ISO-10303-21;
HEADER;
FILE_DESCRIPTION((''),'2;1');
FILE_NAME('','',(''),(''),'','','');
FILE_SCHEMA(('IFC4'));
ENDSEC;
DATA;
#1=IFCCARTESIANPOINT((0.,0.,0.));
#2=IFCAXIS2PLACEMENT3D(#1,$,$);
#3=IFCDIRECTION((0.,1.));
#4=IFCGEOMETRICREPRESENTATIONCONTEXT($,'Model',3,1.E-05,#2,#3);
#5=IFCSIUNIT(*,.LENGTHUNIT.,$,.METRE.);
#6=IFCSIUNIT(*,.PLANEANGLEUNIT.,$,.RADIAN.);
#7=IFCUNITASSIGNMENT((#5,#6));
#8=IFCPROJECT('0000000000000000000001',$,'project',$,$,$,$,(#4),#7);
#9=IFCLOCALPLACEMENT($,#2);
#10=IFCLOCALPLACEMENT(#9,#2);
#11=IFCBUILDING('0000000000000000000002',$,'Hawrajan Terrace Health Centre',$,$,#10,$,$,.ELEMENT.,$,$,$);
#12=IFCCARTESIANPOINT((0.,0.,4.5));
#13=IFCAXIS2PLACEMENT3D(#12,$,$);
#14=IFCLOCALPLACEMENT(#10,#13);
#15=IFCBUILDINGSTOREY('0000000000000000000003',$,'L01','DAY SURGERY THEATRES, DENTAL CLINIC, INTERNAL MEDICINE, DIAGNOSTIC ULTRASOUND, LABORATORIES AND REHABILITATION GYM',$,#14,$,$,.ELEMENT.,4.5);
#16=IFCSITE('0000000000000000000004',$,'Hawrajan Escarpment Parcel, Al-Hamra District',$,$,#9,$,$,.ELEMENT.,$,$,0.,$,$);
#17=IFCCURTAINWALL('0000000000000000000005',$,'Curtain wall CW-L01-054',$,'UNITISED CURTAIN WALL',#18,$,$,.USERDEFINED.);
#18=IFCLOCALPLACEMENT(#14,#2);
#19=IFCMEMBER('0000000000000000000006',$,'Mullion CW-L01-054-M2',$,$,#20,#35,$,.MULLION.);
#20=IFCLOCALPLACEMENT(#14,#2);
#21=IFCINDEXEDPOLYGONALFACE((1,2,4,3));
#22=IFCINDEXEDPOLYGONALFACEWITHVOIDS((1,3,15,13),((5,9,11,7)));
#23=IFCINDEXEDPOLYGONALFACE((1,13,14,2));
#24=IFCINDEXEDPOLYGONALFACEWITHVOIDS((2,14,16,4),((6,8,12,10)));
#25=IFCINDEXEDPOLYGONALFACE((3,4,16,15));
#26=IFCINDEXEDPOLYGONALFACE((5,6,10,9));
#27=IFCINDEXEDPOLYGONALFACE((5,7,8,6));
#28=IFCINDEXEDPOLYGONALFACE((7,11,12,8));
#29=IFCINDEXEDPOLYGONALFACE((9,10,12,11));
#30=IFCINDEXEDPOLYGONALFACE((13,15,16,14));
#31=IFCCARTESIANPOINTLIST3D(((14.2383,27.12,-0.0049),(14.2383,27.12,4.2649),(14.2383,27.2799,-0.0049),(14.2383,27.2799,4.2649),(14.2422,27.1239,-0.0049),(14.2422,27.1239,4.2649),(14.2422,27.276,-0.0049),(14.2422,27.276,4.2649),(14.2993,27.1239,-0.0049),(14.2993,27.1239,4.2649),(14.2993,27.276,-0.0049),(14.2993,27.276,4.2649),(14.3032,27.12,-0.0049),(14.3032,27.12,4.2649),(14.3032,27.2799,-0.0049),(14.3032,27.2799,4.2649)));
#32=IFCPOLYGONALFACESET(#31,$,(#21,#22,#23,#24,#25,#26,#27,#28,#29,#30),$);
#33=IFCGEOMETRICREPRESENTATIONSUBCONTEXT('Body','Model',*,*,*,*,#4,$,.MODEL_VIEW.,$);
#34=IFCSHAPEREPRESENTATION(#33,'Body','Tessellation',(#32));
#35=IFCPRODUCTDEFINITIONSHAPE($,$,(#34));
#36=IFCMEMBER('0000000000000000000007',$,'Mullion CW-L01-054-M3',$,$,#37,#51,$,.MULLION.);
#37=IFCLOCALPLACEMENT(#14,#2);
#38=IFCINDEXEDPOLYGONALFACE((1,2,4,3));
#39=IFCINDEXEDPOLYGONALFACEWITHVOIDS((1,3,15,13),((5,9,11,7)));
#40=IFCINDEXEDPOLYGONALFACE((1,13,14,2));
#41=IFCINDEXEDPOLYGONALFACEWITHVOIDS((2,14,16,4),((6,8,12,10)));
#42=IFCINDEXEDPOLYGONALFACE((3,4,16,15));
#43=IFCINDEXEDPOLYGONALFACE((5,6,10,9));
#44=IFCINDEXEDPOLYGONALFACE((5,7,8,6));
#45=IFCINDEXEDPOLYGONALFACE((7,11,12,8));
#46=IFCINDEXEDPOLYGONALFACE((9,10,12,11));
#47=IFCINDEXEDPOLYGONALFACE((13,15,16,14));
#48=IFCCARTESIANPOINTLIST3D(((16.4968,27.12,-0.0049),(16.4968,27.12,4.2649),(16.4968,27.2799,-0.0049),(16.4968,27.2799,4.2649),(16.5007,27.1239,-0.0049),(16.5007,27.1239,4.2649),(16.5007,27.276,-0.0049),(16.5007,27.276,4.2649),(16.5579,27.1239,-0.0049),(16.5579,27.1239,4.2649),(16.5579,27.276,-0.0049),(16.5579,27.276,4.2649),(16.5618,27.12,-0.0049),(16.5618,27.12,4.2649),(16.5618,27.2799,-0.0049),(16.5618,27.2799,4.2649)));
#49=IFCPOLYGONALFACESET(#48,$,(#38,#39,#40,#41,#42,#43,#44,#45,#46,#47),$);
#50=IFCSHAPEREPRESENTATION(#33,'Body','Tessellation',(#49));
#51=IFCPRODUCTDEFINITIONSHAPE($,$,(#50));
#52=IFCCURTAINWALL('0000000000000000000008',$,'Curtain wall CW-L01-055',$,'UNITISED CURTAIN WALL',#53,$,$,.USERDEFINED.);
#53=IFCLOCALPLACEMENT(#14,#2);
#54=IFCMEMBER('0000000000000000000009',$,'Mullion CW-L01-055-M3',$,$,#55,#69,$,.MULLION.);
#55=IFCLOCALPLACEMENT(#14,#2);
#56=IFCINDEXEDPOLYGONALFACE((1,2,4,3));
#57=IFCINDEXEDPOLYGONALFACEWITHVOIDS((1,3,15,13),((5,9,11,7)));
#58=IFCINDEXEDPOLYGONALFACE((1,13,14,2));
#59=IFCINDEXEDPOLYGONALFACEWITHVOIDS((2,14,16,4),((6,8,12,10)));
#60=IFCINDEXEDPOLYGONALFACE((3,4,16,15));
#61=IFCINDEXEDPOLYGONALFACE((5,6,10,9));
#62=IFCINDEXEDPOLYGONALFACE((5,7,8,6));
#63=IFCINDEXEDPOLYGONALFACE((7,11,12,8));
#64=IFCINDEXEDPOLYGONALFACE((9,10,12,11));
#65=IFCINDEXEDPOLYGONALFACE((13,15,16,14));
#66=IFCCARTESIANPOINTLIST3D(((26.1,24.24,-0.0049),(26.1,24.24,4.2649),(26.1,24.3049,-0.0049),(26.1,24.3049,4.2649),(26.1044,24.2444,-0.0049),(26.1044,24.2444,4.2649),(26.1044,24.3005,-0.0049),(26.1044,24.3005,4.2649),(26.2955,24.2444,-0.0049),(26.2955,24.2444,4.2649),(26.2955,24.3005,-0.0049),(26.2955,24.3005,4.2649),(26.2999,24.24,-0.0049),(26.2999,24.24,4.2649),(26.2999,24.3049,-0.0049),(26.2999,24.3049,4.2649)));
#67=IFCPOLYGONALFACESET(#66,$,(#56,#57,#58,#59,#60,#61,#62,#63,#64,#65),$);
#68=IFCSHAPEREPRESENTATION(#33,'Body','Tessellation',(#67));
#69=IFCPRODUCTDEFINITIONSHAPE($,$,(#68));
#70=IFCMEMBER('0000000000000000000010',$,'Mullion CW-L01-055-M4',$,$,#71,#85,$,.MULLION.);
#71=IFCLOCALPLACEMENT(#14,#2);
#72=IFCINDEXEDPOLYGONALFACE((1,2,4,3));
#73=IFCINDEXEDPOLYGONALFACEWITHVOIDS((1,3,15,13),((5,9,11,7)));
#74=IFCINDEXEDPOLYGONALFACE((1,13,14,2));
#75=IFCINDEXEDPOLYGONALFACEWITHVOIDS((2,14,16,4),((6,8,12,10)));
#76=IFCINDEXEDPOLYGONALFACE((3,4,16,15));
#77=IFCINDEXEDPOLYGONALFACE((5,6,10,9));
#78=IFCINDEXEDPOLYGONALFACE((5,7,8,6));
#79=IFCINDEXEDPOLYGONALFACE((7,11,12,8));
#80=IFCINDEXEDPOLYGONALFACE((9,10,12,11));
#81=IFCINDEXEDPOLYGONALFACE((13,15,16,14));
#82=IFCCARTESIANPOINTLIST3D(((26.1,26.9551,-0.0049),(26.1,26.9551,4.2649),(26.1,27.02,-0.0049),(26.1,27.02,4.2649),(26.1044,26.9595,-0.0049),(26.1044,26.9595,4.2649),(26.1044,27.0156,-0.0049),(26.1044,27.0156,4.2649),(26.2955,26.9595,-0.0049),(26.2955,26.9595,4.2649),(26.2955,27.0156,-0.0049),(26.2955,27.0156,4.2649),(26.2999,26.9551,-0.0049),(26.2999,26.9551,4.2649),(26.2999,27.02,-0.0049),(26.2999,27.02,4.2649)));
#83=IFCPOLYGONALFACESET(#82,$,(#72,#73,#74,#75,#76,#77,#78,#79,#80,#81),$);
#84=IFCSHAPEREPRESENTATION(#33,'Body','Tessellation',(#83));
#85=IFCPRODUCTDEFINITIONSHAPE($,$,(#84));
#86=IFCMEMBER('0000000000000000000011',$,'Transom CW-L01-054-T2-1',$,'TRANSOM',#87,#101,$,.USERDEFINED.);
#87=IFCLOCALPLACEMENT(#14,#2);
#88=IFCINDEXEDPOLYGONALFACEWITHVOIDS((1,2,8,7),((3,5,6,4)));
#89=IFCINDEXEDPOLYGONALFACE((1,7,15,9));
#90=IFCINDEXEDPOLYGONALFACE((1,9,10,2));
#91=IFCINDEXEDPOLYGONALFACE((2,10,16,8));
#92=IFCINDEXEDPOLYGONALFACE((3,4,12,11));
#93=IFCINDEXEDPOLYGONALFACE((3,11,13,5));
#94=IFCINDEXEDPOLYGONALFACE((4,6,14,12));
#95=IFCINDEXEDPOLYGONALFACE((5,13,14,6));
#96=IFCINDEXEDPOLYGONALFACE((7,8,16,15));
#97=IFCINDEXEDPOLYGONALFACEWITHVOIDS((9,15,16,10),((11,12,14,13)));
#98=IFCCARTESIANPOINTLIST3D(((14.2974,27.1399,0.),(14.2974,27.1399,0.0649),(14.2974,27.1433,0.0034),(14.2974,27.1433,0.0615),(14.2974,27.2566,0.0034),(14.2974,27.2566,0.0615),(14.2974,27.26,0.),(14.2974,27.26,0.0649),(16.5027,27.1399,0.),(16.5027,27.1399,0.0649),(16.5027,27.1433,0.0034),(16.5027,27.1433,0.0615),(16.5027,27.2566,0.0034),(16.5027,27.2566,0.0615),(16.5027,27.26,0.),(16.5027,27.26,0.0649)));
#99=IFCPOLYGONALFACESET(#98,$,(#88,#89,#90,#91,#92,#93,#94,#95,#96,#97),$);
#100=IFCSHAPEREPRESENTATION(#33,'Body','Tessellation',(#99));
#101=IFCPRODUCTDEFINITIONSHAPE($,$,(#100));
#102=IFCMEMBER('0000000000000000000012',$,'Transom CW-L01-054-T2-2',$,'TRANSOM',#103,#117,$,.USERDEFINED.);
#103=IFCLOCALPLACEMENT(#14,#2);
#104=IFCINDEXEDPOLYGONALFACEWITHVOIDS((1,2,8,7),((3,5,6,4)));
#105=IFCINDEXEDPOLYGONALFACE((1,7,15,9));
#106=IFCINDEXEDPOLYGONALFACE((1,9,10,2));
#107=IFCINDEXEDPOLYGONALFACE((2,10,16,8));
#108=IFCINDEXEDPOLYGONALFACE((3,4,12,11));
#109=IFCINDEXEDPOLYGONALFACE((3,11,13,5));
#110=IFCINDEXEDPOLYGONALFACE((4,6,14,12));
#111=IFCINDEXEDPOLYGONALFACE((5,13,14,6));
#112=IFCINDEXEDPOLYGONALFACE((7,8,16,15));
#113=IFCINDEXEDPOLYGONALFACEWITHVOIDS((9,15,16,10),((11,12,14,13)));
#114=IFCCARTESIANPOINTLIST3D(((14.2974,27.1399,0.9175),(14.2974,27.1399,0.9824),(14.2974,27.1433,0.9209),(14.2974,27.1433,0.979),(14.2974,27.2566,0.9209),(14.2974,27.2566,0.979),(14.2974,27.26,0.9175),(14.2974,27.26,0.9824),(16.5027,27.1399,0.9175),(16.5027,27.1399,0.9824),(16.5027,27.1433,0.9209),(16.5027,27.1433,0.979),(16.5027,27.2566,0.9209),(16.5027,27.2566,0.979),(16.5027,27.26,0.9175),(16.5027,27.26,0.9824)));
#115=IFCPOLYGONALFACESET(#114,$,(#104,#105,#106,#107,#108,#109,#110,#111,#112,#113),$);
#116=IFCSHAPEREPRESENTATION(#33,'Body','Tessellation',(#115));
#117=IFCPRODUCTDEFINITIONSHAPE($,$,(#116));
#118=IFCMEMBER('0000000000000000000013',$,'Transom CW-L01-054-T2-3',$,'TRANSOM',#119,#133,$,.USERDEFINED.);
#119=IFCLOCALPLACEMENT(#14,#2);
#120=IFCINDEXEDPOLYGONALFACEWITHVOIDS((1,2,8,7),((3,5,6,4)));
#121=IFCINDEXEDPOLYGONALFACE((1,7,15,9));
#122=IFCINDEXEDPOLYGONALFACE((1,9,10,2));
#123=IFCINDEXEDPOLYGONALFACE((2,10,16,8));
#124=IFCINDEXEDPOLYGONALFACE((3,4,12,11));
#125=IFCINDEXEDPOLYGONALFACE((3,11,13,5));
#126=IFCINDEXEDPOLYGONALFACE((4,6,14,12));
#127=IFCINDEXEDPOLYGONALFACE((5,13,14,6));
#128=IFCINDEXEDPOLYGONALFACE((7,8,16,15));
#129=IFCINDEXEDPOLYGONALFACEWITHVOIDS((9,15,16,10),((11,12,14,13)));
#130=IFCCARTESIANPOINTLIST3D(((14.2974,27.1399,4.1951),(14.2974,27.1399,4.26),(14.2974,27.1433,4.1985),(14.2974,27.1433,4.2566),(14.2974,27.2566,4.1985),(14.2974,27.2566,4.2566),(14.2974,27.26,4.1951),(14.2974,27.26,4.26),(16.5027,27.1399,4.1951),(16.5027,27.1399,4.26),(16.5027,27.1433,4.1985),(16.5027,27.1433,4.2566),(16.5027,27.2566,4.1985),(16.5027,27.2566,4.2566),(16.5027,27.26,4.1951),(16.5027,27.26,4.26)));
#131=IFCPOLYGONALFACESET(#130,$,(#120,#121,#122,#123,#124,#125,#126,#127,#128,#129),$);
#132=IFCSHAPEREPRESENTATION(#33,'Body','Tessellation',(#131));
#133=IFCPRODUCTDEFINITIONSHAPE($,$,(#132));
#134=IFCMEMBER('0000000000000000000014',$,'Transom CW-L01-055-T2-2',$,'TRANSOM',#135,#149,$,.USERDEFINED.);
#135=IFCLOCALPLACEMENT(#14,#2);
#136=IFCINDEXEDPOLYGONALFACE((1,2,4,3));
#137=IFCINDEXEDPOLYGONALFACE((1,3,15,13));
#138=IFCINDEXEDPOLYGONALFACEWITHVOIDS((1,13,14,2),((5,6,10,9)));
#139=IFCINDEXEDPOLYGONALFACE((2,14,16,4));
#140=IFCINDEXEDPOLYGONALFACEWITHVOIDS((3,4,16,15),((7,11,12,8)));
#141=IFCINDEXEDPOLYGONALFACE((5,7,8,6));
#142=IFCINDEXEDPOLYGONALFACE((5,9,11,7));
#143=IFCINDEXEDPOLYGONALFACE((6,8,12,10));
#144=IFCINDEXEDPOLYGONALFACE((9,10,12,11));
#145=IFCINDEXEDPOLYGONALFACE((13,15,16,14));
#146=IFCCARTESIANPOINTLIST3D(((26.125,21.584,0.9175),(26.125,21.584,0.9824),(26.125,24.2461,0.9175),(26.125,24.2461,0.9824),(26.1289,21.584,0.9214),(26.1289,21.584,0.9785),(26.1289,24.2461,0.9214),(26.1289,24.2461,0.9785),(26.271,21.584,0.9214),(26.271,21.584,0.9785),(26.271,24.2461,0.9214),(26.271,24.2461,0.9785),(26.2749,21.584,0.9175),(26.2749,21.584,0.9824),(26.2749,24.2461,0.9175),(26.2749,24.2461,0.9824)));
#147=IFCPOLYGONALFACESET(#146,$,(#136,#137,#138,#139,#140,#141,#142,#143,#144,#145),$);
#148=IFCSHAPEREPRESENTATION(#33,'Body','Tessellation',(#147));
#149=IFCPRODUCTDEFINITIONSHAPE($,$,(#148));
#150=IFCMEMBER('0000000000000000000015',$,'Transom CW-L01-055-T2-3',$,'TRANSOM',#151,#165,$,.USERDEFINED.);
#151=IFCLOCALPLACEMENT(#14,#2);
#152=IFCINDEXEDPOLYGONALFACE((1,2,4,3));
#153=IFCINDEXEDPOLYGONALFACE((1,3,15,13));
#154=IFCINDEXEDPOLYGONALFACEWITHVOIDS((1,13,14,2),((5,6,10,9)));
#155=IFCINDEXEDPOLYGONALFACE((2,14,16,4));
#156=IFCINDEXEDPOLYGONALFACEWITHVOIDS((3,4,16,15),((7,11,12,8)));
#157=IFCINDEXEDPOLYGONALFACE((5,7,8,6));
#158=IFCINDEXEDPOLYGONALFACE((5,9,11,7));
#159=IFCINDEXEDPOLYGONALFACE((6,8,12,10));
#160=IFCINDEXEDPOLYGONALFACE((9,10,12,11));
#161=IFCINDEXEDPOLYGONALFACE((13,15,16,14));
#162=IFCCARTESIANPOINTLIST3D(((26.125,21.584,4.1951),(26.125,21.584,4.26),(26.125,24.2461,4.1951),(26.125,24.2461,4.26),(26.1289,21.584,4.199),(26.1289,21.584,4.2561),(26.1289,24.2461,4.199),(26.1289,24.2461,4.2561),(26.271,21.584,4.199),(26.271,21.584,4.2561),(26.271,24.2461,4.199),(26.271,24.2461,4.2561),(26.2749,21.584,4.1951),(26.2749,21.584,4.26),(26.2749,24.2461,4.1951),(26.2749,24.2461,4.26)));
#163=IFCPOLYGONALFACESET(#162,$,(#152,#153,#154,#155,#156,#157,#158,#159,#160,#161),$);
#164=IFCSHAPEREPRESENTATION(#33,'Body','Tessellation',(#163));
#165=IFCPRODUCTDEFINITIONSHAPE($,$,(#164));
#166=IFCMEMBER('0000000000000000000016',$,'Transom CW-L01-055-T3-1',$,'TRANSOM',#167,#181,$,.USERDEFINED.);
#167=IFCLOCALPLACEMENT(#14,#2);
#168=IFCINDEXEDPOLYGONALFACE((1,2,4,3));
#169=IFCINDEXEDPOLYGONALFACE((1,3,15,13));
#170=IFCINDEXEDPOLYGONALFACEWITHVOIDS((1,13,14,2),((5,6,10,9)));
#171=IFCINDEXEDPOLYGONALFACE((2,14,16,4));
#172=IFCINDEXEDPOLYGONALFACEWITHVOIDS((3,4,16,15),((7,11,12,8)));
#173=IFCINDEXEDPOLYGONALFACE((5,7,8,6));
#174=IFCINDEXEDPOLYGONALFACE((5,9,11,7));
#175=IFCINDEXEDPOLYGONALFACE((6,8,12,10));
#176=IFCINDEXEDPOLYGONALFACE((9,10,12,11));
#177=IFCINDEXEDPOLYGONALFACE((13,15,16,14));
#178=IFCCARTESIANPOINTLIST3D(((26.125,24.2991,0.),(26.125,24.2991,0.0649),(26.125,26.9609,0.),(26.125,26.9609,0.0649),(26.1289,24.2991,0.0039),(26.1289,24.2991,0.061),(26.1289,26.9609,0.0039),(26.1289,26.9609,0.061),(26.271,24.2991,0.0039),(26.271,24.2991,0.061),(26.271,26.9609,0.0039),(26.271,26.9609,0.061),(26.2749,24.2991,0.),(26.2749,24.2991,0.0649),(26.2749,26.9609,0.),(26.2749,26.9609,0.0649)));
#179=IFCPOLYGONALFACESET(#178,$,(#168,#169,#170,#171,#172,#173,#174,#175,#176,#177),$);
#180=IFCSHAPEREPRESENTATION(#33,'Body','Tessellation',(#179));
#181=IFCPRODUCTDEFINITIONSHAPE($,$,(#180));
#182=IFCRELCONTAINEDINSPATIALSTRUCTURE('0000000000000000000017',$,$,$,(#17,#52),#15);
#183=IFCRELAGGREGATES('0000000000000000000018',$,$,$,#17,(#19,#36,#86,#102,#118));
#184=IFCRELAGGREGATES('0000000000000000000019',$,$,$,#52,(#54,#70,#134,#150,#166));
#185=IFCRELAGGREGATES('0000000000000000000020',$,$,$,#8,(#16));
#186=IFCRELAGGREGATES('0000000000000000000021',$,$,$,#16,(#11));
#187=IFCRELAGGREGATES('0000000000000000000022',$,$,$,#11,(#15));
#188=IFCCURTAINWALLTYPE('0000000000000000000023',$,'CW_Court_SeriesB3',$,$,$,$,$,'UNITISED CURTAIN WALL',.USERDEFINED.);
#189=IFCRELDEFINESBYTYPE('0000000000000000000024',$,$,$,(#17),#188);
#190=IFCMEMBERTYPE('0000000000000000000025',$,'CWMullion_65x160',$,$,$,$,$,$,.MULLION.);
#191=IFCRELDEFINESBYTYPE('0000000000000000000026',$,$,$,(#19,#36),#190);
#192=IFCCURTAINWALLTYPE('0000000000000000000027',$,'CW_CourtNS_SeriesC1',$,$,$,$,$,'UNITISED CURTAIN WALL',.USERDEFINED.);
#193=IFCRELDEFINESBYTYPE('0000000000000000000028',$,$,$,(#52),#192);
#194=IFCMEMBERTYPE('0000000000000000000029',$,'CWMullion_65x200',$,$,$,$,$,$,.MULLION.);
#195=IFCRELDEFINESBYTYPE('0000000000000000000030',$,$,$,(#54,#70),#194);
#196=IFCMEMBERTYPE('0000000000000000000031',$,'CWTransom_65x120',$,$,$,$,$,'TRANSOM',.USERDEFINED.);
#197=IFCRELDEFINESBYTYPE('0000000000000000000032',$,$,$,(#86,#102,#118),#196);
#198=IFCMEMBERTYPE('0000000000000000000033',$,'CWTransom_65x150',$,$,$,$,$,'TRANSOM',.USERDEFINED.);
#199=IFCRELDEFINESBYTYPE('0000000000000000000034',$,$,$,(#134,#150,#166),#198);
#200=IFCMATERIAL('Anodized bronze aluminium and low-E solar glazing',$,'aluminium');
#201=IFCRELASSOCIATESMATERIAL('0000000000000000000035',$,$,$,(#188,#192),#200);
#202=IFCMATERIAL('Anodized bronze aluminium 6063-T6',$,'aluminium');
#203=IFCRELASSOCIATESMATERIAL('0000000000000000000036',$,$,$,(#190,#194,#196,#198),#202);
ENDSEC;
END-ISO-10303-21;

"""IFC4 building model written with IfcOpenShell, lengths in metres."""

from ifc_helpers import new_model, si_unit, direction, frame, origin, origin_2d, place, context, subcontext, project, spatial, hollow_rectangle, extrude, material, material_profile, profile_set, type_object, element, aggregate, save


model = new_model("IFC4")

# Units and contexts
model_context = context("Model", 3, precision=1e-05, world=origin(), true_north=direction((0.0, 1.0)))
body_context = subcontext(model_context, "Body", "Model", "MODEL_VIEW")
ifc_project = project(units=[si_unit("LENGTHUNIT", "METRE"), si_unit("PLANEANGLEUNIT", "RADIAN")], contexts=[model_context])

# Site, building, storey
site_placement = place(None, origin())
site = spatial("IfcSite", under=ifc_project, at=site_placement, Name="Hawrajan Escarpment Parcel, Al-Hamra District", CompositionType="ELEMENT", RefElevation=0.0)
building_placement = place(site_placement, origin())
building = spatial("IfcBuilding", under=site, at=building_placement, Name="Hawrajan Terrace Health Centre", CompositionType="ELEMENT")
storey_placement = place(building_placement, frame((0.0, 0.0, 4.5)))
storey = spatial("IfcBuildingStorey", under=building, at=storey_placement, Name="L01", Description="DAY SURGERY THEATRES, DENTAL CLINIC, INTERNAL MEDICINE, DIAGNOSTIC ULTRASOUND, LABORATORIES AND REHABILITATION GYM", CompositionType="ELEMENT", Elevation=4.5)

# Curtain walls, members
ifc_material_1 = material(Name="Anodized bronze aluminium and low-E solar glazing", Category="aluminium")
curtain_wall_type_1 = type_object("IfcCurtainWallType", Name="CW_Court_SeriesB3", ElementType="UNITISED CURTAIN WALL", PredefinedType="USERDEFINED", material=ifc_material_1)
curtain_wall_1_placement = place(storey_placement, origin())
curtain_wall_1 = element("IfcCurtainWall", 1, at=curtain_wall_1_placement, inside=storey, type_object=curtain_wall_type_1, Name="Curtain wall CW-L01-054", ObjectType="UNITISED CURTAIN WALL", PredefinedType="USERDEFINED")
ifc_material_2 = material(Name="Anodized bronze aluminium 6063-T6", Category="aluminium")
ifc_material_profile_1 = material_profile(ifc_material_2, hollow_rectangle(XDim=0.0649, YDim=0.1599, WallThickness=0.0039, at=origin_2d()), Name="CW MUL 65x160")
ifc_profile_set_1 = profile_set([ifc_material_profile_1], Name="Anodized bronze aluminium 6063-T6")
member_type_1 = type_object("IfcMemberType", Name="CWMullion_65x160", PredefinedType="MULLION", material=ifc_profile_set_1)
member_1_placement = place(storey_placement, frame((14.2708, 27.2, -0.0049), z_axis=(0.0, 0.0, 1.0), x_axis=(1.0, 0.0, 0.0)))
member_1 = element("IfcMember", 2, at=member_1_placement, type_object=member_type_1, Name="Mullion CW-L01-054-M2", PredefinedType="MULLION", context=body_context, shape_type="SweptSolid", body=[
    extrude(hollow_rectangle(XDim=0.0649, YDim=0.1599, WallThickness=0.0039, at=origin_2d()), origin(), (0.0, 0.0, 1.0), 4.2698),
])
member_2_placement = place(storey_placement, frame((16.5293, 27.2, -0.0049), z_axis=(0.0, 0.0, 1.0), x_axis=(1.0, 0.0, 0.0)))
member_2 = element("IfcMember", 3, at=member_2_placement, type_object=member_type_1, Name="Mullion CW-L01-054-M3", PredefinedType="MULLION", context=body_context, shape_type="SweptSolid", body=[
    extrude(hollow_rectangle(XDim=0.0649, YDim=0.1599, WallThickness=0.0039, at=origin_2d()), origin(), (0.0, 0.0, 1.0), 4.2698),
])
curtain_wall_type_2 = type_object("IfcCurtainWallType", Name="CW_CourtNS_SeriesC1", ElementType="UNITISED CURTAIN WALL", PredefinedType="USERDEFINED", material=ifc_material_1)
curtain_wall_2_placement = place(storey_placement, origin())
curtain_wall_2 = element("IfcCurtainWall", 4, at=curtain_wall_2_placement, inside=storey, type_object=curtain_wall_type_2, Name="Curtain wall CW-L01-055", ObjectType="UNITISED CURTAIN WALL", PredefinedType="USERDEFINED")
ifc_material_profile_2 = material_profile(ifc_material_2, hollow_rectangle(XDim=0.0649, YDim=0.2, WallThickness=0.0044, at=origin_2d()), Name="CW MUL 65x200")
ifc_profile_set_2 = profile_set([ifc_material_profile_2], Name="Anodized bronze aluminium 6063-T6")
member_type_2 = type_object("IfcMemberType", Name="CWMullion_65x200", PredefinedType="MULLION", material=ifc_profile_set_2)
member_3_placement = place(storey_placement, frame((26.2, 24.2725, -0.0049), z_axis=(0.0, 0.0, 1.0), x_axis=(0.0, 1.0, 0.0)))
member_3 = element("IfcMember", 5, at=member_3_placement, type_object=member_type_2, Name="Mullion CW-L01-055-M3", PredefinedType="MULLION", context=body_context, shape_type="SweptSolid", body=[
    extrude(hollow_rectangle(XDim=0.0649, YDim=0.2, WallThickness=0.0044, at=origin_2d()), origin(), (0.0, 0.0, 1.0), 4.2698),
])
member_4_placement = place(storey_placement, frame((26.2, 26.9875, -0.0049), z_axis=(0.0, 0.0, 1.0), x_axis=(0.0, 1.0, 0.0)))
member_4 = element("IfcMember", 6, at=member_4_placement, type_object=member_type_2, Name="Mullion CW-L01-055-M4", PredefinedType="MULLION", context=body_context, shape_type="SweptSolid", body=[
    extrude(hollow_rectangle(XDim=0.0649, YDim=0.2, WallThickness=0.0044, at=origin_2d()), origin(), (0.0, 0.0, 1.0), 4.2698),
])

# Members
ifc_material_profile_3 = material_profile(ifc_material_2, hollow_rectangle(XDim=0.0649, YDim=0.1201, WallThickness=0.0034, at=origin_2d()), Name="CW TRN 65x120")
ifc_profile_set_3 = profile_set([ifc_material_profile_3], Name="Anodized bronze aluminium 6063-T6")
member_type_3 = type_object("IfcMemberType", Name="CWTransom_65x120", ElementType="TRANSOM", PredefinedType="USERDEFINED", material=ifc_profile_set_3)
member_5_placement = place(storey_placement, frame((14.2974, 27.2, 0.0325), z_axis=(1.0, 0.0, 0.0), x_axis=(0.0, 0.0, 1.0)))
member_5 = element("IfcMember", 7, at=member_5_placement, type_object=member_type_3, Name="Transom CW-L01-054-T2-1", ObjectType="TRANSOM", PredefinedType="USERDEFINED", context=body_context, shape_type="SweptSolid", body=[
    extrude(hollow_rectangle(XDim=0.0649, YDim=0.1201, WallThickness=0.0034, at=origin_2d()), origin(), (0.0, 0.0, 1.0), 2.2053),
])
member_6_placement = place(storey_placement, frame((14.2974, 27.2, 0.95), z_axis=(1.0, 0.0, 0.0), x_axis=(0.0, 0.0, 1.0)))
member_6 = element("IfcMember", 8, at=member_6_placement, type_object=member_type_3, Name="Transom CW-L01-054-T2-2", ObjectType="TRANSOM", PredefinedType="USERDEFINED", context=body_context, shape_type="SweptSolid", body=[
    extrude(hollow_rectangle(XDim=0.0649, YDim=0.1201, WallThickness=0.0034, at=origin_2d()), origin(), (0.0, 0.0, 1.0), 2.2053),
])
member_7_placement = place(storey_placement, frame((14.2974, 27.2, 4.2275), z_axis=(1.0, 0.0, 0.0), x_axis=(0.0, 0.0, 1.0)))
member_7 = element("IfcMember", 9, at=member_7_placement, type_object=member_type_3, Name="Transom CW-L01-054-T2-3", ObjectType="TRANSOM", PredefinedType="USERDEFINED", context=body_context, shape_type="SweptSolid", body=[
    extrude(hollow_rectangle(XDim=0.0649, YDim=0.1201, WallThickness=0.0034, at=origin_2d()), origin(), (0.0, 0.0, 1.0), 2.2053),
])
ifc_material_profile_4 = material_profile(ifc_material_2, hollow_rectangle(XDim=0.0649, YDim=0.1499, WallThickness=0.0039, at=origin_2d()), Name="CW TRN 65x150")
ifc_profile_set_4 = profile_set([ifc_material_profile_4], Name="Anodized bronze aluminium 6063-T6")
member_type_4 = type_object("IfcMemberType", Name="CWTransom_65x150", ElementType="TRANSOM", PredefinedType="USERDEFINED", material=ifc_profile_set_4)
member_8_placement = place(storey_placement, frame((26.2, 21.584, 0.95), z_axis=(0.0, 1.0, 0.0), x_axis=(0.0, 0.0, 1.0)))
member_8 = element("IfcMember", 10, at=member_8_placement, type_object=member_type_4, Name="Transom CW-L01-055-T2-2", ObjectType="TRANSOM", PredefinedType="USERDEFINED", context=body_context, shape_type="SweptSolid", body=[
    extrude(hollow_rectangle(XDim=0.0649, YDim=0.1499, WallThickness=0.0039, at=origin_2d()), origin(), (0.0, 0.0, 1.0), 2.6621),
])
member_9_placement = place(storey_placement, frame((26.2, 21.584, 4.2275), z_axis=(0.0, 1.0, 0.0), x_axis=(0.0, 0.0, 1.0)))
member_9 = element("IfcMember", 11, at=member_9_placement, type_object=member_type_4, Name="Transom CW-L01-055-T2-3", ObjectType="TRANSOM", PredefinedType="USERDEFINED", context=body_context, shape_type="SweptSolid", body=[
    extrude(hollow_rectangle(XDim=0.0649, YDim=0.1499, WallThickness=0.0039, at=origin_2d()), origin(), (0.0, 0.0, 1.0), 2.6621),
])
member_10_placement = place(storey_placement, frame((26.2, 24.2991, 0.0325), z_axis=(0.0, 1.0, 0.0), x_axis=(0.0, 0.0, 1.0)))
member_10 = element("IfcMember", 12, at=member_10_placement, type_object=member_type_4, Name="Transom CW-L01-055-T3-1", ObjectType="TRANSOM", PredefinedType="USERDEFINED", context=body_context, shape_type="SweptSolid", body=[
    extrude(hollow_rectangle(XDim=0.0649, YDim=0.1499, WallThickness=0.0039, at=origin_2d()), origin(), (0.0, 0.0, 1.0), 2.6619),
])

aggregate(curtain_wall_1, [member_1, member_2, member_5, member_6, member_7])
aggregate(curtain_wall_2, [member_3, member_4, member_8, member_9, member_10])

save(model, "model.ifc")
